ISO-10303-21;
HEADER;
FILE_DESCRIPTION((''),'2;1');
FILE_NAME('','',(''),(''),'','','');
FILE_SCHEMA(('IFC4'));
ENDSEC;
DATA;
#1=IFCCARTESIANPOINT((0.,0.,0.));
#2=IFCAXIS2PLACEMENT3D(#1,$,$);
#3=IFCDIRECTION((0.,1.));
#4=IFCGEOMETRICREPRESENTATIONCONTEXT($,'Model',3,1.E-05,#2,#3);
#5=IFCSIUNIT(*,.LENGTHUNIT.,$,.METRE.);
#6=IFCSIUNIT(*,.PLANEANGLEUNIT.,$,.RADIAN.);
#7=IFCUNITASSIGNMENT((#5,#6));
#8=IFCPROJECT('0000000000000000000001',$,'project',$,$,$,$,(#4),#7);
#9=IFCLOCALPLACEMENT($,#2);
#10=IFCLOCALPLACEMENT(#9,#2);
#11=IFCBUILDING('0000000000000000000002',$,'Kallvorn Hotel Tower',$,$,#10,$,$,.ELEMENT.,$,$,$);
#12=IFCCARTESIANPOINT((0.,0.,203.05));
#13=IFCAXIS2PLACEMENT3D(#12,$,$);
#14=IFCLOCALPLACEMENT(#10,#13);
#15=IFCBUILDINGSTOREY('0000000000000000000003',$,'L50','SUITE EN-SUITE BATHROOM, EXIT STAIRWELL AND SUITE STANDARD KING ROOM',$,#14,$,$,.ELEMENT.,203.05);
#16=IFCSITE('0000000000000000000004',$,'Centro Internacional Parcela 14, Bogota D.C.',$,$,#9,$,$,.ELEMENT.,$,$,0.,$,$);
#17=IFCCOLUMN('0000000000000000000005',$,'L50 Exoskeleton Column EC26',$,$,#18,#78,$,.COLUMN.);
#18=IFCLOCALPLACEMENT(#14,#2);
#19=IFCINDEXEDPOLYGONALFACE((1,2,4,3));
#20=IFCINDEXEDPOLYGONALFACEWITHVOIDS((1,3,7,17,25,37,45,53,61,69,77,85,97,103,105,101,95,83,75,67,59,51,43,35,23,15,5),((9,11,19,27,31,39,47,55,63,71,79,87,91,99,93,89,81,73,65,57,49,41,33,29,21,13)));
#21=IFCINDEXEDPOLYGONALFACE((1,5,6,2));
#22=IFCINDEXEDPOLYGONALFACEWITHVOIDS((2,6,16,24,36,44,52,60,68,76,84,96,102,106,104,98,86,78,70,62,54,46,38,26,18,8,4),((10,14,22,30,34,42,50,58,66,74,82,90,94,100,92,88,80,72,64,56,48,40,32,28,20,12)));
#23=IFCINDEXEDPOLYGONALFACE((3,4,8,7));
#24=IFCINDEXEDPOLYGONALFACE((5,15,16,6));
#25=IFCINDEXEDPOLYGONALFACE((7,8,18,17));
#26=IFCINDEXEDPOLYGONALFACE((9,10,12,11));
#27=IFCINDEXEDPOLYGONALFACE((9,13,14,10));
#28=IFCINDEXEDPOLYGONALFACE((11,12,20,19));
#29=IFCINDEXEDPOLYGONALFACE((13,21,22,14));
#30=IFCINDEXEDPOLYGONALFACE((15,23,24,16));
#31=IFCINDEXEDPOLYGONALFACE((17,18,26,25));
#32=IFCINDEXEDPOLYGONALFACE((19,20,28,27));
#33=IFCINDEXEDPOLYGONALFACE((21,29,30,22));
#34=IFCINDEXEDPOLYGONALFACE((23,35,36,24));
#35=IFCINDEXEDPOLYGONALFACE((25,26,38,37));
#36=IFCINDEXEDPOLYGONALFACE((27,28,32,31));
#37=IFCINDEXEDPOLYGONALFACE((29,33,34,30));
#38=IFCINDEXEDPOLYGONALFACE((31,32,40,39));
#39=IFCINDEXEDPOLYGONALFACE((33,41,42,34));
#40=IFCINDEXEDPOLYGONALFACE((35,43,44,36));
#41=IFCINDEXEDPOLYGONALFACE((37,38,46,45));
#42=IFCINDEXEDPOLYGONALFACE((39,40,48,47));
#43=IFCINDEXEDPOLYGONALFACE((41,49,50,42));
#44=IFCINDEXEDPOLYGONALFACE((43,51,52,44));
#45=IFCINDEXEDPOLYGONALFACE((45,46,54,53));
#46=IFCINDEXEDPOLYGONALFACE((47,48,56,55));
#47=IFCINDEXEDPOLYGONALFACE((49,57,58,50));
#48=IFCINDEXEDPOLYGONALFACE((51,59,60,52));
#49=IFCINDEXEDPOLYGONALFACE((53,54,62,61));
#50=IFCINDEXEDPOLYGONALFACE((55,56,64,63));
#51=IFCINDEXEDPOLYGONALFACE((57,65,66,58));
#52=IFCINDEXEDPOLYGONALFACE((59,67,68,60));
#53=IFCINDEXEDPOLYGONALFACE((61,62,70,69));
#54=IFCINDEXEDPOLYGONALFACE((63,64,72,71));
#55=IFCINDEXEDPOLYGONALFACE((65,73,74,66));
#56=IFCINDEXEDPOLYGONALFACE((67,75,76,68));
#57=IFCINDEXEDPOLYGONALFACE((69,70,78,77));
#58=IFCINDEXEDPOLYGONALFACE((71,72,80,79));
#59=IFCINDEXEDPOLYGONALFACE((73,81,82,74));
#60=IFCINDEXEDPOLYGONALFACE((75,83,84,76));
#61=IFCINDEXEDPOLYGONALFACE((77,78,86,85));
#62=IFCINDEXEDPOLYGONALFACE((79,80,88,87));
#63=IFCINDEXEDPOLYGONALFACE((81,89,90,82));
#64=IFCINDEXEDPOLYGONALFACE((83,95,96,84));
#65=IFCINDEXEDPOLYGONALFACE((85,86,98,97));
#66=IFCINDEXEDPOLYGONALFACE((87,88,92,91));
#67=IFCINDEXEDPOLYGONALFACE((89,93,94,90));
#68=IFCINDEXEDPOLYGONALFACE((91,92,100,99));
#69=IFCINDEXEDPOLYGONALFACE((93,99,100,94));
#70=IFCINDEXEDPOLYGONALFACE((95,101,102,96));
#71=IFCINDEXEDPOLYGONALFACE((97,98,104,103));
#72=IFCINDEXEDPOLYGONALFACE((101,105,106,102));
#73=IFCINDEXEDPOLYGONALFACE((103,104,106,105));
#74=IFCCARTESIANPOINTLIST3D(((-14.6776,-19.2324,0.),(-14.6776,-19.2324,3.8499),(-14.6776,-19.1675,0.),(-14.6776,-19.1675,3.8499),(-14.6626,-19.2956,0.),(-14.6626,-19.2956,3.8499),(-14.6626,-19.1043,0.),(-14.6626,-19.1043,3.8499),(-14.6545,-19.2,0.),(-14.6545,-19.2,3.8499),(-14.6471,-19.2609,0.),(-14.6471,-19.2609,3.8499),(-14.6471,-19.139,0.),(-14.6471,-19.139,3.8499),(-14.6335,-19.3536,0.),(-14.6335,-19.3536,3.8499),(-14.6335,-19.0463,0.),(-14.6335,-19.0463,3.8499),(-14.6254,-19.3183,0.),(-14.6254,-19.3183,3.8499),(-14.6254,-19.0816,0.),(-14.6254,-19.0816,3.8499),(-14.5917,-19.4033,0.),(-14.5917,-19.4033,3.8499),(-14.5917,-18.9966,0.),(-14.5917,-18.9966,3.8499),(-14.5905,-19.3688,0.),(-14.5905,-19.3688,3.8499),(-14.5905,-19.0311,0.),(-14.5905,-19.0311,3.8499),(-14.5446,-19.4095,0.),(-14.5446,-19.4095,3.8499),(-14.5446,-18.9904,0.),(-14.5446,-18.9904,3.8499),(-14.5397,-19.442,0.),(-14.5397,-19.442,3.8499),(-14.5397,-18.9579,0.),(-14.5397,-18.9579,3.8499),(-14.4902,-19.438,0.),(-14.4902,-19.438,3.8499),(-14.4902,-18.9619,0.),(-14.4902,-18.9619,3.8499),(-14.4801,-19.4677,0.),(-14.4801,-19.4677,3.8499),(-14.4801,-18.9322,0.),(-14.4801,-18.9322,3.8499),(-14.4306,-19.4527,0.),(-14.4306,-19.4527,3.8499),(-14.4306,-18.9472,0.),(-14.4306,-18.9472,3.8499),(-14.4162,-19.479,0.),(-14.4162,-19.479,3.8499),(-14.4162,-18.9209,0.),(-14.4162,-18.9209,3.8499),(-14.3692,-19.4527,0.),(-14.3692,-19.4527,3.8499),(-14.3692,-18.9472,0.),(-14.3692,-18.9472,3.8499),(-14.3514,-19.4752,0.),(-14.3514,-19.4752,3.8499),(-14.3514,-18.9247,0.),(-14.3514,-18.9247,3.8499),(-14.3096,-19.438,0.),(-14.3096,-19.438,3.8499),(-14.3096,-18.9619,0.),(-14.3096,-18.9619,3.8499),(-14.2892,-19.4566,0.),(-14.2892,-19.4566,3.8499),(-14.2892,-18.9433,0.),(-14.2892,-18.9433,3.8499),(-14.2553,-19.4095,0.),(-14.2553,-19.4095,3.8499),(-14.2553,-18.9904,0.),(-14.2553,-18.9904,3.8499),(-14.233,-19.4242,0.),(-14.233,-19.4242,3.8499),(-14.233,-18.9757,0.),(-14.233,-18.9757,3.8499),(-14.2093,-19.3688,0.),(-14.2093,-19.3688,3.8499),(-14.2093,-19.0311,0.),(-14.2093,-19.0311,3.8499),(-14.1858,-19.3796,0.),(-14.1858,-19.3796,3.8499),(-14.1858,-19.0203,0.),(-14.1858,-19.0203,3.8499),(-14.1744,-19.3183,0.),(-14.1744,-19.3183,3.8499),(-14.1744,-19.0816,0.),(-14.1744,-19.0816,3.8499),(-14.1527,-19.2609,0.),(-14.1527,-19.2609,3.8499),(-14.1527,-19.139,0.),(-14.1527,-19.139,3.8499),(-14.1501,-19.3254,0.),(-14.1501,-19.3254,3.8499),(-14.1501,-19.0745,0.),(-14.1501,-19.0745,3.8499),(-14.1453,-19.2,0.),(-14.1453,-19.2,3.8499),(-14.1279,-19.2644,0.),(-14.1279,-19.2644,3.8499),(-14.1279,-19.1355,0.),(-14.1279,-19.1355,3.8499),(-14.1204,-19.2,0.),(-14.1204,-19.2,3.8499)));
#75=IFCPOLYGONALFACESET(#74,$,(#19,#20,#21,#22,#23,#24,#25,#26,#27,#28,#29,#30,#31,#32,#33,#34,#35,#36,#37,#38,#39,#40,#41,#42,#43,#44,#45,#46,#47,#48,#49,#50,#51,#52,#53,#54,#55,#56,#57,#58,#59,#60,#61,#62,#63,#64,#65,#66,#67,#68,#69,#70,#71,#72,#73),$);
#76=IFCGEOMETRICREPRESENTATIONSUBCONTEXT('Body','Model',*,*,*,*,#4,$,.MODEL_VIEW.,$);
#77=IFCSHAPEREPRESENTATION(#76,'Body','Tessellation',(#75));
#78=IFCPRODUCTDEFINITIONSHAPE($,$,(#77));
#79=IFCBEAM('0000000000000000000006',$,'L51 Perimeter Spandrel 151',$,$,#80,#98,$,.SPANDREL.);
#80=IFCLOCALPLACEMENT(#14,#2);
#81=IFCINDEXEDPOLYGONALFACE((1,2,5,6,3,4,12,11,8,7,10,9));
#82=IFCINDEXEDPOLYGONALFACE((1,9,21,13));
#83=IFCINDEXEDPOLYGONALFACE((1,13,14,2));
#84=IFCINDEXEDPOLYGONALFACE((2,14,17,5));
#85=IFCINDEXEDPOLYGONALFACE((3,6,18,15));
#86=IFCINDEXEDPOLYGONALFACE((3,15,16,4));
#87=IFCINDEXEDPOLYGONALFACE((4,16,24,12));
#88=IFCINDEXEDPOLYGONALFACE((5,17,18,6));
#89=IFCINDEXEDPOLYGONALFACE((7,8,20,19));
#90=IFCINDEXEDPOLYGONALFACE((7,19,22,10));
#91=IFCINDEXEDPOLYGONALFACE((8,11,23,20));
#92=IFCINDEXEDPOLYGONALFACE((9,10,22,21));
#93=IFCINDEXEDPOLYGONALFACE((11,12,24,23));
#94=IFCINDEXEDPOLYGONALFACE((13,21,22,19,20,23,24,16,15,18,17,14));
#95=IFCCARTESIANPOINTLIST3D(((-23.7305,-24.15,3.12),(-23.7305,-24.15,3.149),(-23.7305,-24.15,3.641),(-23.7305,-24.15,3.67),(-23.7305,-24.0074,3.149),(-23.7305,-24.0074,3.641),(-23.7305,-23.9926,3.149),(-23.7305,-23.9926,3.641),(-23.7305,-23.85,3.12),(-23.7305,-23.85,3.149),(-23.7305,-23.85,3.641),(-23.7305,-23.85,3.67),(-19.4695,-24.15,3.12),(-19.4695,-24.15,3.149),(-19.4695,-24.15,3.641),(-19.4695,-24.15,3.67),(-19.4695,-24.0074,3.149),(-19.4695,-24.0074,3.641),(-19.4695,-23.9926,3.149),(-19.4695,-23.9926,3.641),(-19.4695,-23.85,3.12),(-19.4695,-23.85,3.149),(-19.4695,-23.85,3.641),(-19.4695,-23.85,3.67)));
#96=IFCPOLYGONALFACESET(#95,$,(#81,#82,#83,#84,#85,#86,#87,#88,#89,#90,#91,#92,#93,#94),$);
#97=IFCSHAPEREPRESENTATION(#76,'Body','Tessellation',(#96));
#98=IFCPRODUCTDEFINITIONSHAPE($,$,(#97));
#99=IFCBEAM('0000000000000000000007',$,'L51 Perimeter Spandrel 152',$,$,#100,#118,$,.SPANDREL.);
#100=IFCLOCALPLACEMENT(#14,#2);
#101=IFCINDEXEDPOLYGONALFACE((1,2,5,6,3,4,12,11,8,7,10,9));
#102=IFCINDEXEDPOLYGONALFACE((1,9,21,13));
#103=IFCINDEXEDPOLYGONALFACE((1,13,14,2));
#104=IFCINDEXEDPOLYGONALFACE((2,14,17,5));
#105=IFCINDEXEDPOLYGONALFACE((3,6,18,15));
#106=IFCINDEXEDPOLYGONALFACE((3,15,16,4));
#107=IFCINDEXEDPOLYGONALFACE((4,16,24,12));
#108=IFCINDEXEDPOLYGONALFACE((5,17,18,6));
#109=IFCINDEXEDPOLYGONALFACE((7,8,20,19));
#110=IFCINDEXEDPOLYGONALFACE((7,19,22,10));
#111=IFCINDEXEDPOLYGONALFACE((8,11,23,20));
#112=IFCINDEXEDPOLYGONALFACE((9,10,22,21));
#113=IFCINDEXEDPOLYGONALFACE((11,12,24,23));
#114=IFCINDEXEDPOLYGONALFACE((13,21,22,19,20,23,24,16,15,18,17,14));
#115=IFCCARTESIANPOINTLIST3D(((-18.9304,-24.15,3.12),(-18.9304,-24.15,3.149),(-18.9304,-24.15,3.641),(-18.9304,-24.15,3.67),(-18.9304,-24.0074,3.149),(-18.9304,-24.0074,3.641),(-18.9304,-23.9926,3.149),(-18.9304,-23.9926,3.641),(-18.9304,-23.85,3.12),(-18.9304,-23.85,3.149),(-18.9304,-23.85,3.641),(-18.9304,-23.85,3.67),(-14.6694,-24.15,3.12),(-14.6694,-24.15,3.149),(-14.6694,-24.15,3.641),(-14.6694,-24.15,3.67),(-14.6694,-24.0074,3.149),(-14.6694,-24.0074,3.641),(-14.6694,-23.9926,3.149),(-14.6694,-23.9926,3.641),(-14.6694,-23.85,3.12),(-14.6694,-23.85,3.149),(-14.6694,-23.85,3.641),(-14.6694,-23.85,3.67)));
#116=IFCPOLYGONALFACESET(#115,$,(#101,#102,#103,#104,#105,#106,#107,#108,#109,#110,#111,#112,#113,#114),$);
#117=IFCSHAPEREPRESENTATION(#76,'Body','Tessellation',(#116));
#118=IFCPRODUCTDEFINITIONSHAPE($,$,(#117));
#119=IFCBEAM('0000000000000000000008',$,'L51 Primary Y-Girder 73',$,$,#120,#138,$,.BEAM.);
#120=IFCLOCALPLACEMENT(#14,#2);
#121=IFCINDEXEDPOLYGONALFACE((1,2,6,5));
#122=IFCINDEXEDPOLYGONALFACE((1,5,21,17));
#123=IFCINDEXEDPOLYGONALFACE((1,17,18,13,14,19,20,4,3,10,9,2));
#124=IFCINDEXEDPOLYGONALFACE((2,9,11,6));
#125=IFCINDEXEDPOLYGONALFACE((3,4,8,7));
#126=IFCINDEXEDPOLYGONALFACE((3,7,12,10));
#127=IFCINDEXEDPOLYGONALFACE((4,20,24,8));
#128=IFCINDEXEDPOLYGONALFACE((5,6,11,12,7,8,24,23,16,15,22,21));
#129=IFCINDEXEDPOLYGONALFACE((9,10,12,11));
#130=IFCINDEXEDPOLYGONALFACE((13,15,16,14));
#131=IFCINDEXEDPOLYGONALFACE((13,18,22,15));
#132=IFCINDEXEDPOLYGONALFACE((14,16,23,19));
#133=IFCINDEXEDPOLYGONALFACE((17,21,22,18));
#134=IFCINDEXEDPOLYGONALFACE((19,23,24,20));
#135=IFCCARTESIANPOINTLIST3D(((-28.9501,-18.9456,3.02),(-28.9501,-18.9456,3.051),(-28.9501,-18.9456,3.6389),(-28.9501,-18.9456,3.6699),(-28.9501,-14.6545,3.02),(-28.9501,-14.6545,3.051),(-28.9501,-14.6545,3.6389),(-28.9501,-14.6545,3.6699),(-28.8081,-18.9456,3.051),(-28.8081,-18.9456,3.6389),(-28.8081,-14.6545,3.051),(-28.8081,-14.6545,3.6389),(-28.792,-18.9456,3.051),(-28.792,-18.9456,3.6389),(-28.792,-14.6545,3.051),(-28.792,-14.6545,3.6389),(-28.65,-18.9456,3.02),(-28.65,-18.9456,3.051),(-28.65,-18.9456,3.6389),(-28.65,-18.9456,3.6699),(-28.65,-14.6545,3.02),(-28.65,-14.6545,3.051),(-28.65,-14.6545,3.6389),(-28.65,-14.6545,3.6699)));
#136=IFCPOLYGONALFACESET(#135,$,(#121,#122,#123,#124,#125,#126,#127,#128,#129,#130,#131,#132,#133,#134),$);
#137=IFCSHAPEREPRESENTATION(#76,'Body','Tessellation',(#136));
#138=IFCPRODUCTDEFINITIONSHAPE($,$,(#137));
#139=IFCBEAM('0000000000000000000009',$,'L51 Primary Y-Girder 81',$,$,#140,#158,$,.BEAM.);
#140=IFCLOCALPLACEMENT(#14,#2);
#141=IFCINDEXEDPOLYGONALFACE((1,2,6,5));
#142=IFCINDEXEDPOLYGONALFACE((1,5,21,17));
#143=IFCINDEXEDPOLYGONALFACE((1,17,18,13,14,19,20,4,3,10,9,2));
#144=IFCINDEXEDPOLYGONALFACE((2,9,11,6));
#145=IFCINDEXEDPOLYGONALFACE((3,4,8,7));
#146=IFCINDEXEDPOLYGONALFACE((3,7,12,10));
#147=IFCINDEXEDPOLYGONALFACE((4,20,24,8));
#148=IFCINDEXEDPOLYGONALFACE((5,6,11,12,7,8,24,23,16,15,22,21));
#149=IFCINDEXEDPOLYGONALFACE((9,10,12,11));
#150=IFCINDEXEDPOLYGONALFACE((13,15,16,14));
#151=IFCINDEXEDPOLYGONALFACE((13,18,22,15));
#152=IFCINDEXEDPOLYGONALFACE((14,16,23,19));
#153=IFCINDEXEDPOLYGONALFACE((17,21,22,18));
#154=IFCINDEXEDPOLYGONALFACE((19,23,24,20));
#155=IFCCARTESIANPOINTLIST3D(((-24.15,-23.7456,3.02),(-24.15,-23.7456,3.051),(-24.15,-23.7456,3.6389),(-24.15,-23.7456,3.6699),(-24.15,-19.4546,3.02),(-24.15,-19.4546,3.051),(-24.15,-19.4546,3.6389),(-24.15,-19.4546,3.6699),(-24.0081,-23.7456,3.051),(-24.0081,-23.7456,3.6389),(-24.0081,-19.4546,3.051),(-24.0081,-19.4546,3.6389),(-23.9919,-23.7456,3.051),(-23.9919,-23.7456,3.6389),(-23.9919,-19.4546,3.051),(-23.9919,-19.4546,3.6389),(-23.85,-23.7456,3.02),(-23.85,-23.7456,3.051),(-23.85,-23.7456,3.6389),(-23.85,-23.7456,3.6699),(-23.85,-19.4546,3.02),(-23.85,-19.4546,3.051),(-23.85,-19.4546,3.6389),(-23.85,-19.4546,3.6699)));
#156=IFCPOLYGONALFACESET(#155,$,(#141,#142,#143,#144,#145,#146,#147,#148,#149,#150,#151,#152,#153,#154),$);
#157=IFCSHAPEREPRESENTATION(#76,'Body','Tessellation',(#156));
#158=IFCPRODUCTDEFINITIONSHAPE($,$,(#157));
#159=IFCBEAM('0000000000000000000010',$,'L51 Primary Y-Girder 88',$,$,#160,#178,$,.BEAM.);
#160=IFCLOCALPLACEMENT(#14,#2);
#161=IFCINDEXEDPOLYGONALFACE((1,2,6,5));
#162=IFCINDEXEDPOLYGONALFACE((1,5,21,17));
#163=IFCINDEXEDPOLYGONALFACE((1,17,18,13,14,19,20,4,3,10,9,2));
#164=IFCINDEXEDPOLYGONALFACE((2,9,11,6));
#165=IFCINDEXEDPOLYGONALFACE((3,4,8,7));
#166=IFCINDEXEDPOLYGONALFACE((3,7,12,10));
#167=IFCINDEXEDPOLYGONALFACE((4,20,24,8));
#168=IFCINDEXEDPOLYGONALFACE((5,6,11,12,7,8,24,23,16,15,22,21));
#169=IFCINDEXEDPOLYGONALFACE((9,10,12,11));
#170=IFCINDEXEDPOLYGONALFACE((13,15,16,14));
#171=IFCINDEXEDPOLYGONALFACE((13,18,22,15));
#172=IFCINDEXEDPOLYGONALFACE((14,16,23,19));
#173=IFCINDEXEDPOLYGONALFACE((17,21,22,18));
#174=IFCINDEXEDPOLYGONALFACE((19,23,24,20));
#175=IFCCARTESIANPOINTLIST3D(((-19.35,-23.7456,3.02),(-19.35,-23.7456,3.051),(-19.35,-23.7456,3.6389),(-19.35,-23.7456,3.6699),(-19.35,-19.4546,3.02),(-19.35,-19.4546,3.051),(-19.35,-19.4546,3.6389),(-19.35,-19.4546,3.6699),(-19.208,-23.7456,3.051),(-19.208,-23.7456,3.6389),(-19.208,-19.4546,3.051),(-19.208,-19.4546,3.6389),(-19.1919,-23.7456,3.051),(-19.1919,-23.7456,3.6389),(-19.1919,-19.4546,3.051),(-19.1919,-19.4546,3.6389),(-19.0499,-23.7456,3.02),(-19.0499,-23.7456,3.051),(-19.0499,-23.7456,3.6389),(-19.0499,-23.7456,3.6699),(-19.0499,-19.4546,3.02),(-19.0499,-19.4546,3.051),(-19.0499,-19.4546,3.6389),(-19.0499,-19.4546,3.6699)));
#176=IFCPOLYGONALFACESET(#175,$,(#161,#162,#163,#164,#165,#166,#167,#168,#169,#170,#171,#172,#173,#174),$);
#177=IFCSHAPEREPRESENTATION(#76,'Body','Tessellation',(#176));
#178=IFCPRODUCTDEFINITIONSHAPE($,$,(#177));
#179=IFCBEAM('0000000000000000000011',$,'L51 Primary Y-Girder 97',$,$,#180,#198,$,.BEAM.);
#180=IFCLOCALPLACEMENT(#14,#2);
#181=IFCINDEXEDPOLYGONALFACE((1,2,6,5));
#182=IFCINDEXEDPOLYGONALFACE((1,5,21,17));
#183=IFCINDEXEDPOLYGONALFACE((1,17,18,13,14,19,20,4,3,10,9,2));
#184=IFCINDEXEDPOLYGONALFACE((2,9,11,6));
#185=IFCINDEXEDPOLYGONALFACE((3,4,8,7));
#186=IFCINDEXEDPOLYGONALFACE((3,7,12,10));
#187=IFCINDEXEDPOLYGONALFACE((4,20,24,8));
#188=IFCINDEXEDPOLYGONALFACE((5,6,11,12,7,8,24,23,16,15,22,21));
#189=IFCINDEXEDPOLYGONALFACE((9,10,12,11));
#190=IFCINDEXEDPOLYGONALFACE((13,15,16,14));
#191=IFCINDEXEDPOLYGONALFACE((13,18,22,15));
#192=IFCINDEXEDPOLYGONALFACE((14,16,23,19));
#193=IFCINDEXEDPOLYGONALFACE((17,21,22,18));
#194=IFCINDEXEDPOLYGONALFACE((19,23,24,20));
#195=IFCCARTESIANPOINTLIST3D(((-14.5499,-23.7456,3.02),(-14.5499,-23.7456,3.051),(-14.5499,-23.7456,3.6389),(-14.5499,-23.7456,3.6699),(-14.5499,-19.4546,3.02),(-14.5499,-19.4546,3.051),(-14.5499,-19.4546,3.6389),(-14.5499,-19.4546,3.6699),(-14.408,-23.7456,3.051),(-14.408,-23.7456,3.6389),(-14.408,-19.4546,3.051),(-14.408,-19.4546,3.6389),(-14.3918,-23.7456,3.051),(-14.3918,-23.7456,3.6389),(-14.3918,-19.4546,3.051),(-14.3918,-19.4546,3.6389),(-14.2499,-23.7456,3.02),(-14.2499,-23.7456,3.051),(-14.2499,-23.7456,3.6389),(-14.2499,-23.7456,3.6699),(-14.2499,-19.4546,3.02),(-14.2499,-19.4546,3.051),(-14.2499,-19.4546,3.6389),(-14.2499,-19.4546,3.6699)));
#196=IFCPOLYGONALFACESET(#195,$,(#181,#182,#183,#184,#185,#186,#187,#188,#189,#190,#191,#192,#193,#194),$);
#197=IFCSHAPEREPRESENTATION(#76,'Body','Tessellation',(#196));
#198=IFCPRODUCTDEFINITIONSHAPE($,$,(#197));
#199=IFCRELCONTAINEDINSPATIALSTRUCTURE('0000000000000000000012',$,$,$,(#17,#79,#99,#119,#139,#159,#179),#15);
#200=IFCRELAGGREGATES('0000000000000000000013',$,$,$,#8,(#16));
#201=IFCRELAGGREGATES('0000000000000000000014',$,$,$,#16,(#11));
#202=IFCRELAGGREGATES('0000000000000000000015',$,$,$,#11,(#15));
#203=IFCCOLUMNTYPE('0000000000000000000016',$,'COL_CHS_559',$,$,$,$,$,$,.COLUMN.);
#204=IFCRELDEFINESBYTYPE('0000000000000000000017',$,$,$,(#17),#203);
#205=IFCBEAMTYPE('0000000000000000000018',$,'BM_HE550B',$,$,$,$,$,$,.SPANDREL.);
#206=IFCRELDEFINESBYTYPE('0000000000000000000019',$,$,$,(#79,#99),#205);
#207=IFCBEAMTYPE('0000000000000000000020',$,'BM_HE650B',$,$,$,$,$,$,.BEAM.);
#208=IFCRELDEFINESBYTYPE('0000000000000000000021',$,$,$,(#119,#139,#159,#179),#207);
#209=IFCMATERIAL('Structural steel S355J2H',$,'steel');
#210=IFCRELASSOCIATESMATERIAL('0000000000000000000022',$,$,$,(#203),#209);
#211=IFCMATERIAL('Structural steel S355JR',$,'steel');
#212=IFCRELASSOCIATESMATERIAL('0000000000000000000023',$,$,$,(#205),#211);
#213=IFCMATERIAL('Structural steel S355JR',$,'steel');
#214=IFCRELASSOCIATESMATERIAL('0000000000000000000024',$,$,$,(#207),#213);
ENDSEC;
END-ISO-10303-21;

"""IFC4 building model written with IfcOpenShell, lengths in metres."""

from ifc_helpers import new_model, si_unit, direction, frame, origin, origin_2d, place, context, subcontext, project, spatial, hollow_circle, i_section, extrude, material, material_profile, profile_set, type_object, element, save


model = new_model("IFC4")

# Units and contexts
model_context = context("Model", 3, precision=1e-05, world=origin(), true_north=direction((0.0, 1.0)))
body_context = subcontext(model_context, "Body", "Model", "MODEL_VIEW")
ifc_project = project(units=[si_unit("LENGTHUNIT", "METRE"), si_unit("PLANEANGLEUNIT", "RADIAN")], contexts=[model_context])

# Site, building, storey
site_placement = place(None, origin())
site = spatial("IfcSite", under=ifc_project, at=site_placement, Name="Centro Internacional Parcela 14, Bogota D.C.", CompositionType="ELEMENT", RefElevation=0.0)
building_placement = place(site_placement, origin())
building = spatial("IfcBuilding", under=site, at=building_placement, Name="Kallvorn Hotel Tower", CompositionType="ELEMENT")
storey_placement = place(building_placement, frame((0.0, 0.0, 203.05)))
storey = spatial("IfcBuildingStorey", under=building, at=storey_placement, Name="L50", Description="SUITE EN-SUITE BATHROOM, EXIT STAIRWELL AND SUITE STANDARD KING ROOM", CompositionType="ELEMENT", Elevation=203.05)

# Column
ifc_material_1 = material(Name="Structural steel S355J2H", Category="steel")
ifc_material_profile_1 = material_profile(ifc_material_1, hollow_circle(Radius=0.2795, WallThickness=0.0249, at=origin_2d()), Name="CHS 559x25")
ifc_profile_set_1 = profile_set([ifc_material_profile_1], Name="Structural steel S355J2H")
column_type = type_object("IfcColumnType", Name="COL_CHS_559", PredefinedType="COLUMN", material=ifc_profile_set_1)
for number, where, z_axis, x_axis, name in (
    (1, (-14.3999, -19.2, 0.0), (0.0, 0.0, 1.0), (1.0, 0.0, 0.0), "L50 Exoskeleton Column EC26"),
):
    element("IfcColumn", number, at=place(storey_placement, frame(where, z_axis=z_axis, x_axis=x_axis)), inside=storey, type_object=column_type, Name=name, PredefinedType="COLUMN", context=body_context, shape_type="SweptSolid", body=[
        extrude(hollow_circle(Radius=0.2795, WallThickness=0.0249, at=origin_2d()), origin(), (0.0, 0.0, 1.0), 3.8499),
    ])

# Beams
ifc_material_2 = material(Name="Structural steel S355JR", Category="steel")
ifc_material_profile_2 = material_profile(ifc_material_2, i_section(OverallWidth=0.3, OverallDepth=0.55, WebThickness=0.0149, FlangeThickness=0.0291, at=origin_2d()), Name="HE 550 B")
ifc_profile_set_2 = profile_set([ifc_material_profile_2], Name="Structural steel S355JR")
beam_type_1 = type_object("IfcBeamType", Name="BM_HE550B", PredefinedType="SPANDREL", material=ifc_profile_set_2)
for number, where, z_axis, x_axis, name in (
    (2, (-23.7305, -24.0, 3.395), (1.0, 0.0, 0.0), (0.0, 1.0, 0.0), "L51 Perimeter Spandrel 151"),
    (3, (-18.9304, -24.0, 3.395), (1.0, 0.0, 0.0), (0.0, 1.0, 0.0), "L51 Perimeter Spandrel 152"),
):
    element("IfcBeam", number, at=place(storey_placement, frame(where, z_axis=z_axis, x_axis=x_axis)), inside=storey, type_object=beam_type_1, Name=name, PredefinedType="SPANDREL", context=body_context, shape_type="SweptSolid", body=[
        extrude(i_section(OverallWidth=0.3, OverallDepth=0.55, WebThickness=0.0149, FlangeThickness=0.0291, at=origin_2d()), origin(), (0.0, 0.0, 1.0), 4.261),
    ])
ifc_material_3 = material(Name="Structural steel S355JR", Category="steel")
ifc_material_profile_3 = material_profile(ifc_material_3, i_section(OverallWidth=0.3, OverallDepth=0.6499, WebThickness=0.0161, FlangeThickness=0.031, at=origin_2d()), Name="HE 650 B")
ifc_profile_set_3 = profile_set([ifc_material_profile_3], Name="Structural steel S355JR")
beam_type_2 = type_object("IfcBeamType", Name="BM_HE650B", PredefinedType="BEAM", material=ifc_profile_set_3)
for number, where, z_axis, x_axis, name in (
    (4, (-28.8, -18.9456, 3.345), (0.0, 1.0, 0.0), (-1.0, 0.0, 0.0), "L51 Primary Y-Girder 73"),
    (5, (-24.0, -23.7456, 3.345), (0.0, 1.0, 0.0), (-1.0, 0.0, 0.0), "L51 Primary Y-Girder 81"),
    (6, (-19.2, -23.7456, 3.345), (0.0, 1.0, 0.0), (-1.0, 0.0, 0.0), "L51 Primary Y-Girder 88"),
    (7, (-14.3999, -23.7456, 3.345), (0.0, 1.0, 0.0), (-1.0, 0.0, 0.0), "L51 Primary Y-Girder 97"),
):
    element("IfcBeam", number, at=place(storey_placement, frame(where, z_axis=z_axis, x_axis=x_axis)), inside=storey, type_object=beam_type_2, Name=name, PredefinedType="BEAM", context=body_context, shape_type="SweptSolid", body=[
        extrude(i_section(OverallWidth=0.3, OverallDepth=0.6499, WebThickness=0.0161, FlangeThickness=0.031, at=origin_2d()), origin(), (0.0, 0.0, 1.0), 4.291),
    ])

save(model, "model.ifc")
